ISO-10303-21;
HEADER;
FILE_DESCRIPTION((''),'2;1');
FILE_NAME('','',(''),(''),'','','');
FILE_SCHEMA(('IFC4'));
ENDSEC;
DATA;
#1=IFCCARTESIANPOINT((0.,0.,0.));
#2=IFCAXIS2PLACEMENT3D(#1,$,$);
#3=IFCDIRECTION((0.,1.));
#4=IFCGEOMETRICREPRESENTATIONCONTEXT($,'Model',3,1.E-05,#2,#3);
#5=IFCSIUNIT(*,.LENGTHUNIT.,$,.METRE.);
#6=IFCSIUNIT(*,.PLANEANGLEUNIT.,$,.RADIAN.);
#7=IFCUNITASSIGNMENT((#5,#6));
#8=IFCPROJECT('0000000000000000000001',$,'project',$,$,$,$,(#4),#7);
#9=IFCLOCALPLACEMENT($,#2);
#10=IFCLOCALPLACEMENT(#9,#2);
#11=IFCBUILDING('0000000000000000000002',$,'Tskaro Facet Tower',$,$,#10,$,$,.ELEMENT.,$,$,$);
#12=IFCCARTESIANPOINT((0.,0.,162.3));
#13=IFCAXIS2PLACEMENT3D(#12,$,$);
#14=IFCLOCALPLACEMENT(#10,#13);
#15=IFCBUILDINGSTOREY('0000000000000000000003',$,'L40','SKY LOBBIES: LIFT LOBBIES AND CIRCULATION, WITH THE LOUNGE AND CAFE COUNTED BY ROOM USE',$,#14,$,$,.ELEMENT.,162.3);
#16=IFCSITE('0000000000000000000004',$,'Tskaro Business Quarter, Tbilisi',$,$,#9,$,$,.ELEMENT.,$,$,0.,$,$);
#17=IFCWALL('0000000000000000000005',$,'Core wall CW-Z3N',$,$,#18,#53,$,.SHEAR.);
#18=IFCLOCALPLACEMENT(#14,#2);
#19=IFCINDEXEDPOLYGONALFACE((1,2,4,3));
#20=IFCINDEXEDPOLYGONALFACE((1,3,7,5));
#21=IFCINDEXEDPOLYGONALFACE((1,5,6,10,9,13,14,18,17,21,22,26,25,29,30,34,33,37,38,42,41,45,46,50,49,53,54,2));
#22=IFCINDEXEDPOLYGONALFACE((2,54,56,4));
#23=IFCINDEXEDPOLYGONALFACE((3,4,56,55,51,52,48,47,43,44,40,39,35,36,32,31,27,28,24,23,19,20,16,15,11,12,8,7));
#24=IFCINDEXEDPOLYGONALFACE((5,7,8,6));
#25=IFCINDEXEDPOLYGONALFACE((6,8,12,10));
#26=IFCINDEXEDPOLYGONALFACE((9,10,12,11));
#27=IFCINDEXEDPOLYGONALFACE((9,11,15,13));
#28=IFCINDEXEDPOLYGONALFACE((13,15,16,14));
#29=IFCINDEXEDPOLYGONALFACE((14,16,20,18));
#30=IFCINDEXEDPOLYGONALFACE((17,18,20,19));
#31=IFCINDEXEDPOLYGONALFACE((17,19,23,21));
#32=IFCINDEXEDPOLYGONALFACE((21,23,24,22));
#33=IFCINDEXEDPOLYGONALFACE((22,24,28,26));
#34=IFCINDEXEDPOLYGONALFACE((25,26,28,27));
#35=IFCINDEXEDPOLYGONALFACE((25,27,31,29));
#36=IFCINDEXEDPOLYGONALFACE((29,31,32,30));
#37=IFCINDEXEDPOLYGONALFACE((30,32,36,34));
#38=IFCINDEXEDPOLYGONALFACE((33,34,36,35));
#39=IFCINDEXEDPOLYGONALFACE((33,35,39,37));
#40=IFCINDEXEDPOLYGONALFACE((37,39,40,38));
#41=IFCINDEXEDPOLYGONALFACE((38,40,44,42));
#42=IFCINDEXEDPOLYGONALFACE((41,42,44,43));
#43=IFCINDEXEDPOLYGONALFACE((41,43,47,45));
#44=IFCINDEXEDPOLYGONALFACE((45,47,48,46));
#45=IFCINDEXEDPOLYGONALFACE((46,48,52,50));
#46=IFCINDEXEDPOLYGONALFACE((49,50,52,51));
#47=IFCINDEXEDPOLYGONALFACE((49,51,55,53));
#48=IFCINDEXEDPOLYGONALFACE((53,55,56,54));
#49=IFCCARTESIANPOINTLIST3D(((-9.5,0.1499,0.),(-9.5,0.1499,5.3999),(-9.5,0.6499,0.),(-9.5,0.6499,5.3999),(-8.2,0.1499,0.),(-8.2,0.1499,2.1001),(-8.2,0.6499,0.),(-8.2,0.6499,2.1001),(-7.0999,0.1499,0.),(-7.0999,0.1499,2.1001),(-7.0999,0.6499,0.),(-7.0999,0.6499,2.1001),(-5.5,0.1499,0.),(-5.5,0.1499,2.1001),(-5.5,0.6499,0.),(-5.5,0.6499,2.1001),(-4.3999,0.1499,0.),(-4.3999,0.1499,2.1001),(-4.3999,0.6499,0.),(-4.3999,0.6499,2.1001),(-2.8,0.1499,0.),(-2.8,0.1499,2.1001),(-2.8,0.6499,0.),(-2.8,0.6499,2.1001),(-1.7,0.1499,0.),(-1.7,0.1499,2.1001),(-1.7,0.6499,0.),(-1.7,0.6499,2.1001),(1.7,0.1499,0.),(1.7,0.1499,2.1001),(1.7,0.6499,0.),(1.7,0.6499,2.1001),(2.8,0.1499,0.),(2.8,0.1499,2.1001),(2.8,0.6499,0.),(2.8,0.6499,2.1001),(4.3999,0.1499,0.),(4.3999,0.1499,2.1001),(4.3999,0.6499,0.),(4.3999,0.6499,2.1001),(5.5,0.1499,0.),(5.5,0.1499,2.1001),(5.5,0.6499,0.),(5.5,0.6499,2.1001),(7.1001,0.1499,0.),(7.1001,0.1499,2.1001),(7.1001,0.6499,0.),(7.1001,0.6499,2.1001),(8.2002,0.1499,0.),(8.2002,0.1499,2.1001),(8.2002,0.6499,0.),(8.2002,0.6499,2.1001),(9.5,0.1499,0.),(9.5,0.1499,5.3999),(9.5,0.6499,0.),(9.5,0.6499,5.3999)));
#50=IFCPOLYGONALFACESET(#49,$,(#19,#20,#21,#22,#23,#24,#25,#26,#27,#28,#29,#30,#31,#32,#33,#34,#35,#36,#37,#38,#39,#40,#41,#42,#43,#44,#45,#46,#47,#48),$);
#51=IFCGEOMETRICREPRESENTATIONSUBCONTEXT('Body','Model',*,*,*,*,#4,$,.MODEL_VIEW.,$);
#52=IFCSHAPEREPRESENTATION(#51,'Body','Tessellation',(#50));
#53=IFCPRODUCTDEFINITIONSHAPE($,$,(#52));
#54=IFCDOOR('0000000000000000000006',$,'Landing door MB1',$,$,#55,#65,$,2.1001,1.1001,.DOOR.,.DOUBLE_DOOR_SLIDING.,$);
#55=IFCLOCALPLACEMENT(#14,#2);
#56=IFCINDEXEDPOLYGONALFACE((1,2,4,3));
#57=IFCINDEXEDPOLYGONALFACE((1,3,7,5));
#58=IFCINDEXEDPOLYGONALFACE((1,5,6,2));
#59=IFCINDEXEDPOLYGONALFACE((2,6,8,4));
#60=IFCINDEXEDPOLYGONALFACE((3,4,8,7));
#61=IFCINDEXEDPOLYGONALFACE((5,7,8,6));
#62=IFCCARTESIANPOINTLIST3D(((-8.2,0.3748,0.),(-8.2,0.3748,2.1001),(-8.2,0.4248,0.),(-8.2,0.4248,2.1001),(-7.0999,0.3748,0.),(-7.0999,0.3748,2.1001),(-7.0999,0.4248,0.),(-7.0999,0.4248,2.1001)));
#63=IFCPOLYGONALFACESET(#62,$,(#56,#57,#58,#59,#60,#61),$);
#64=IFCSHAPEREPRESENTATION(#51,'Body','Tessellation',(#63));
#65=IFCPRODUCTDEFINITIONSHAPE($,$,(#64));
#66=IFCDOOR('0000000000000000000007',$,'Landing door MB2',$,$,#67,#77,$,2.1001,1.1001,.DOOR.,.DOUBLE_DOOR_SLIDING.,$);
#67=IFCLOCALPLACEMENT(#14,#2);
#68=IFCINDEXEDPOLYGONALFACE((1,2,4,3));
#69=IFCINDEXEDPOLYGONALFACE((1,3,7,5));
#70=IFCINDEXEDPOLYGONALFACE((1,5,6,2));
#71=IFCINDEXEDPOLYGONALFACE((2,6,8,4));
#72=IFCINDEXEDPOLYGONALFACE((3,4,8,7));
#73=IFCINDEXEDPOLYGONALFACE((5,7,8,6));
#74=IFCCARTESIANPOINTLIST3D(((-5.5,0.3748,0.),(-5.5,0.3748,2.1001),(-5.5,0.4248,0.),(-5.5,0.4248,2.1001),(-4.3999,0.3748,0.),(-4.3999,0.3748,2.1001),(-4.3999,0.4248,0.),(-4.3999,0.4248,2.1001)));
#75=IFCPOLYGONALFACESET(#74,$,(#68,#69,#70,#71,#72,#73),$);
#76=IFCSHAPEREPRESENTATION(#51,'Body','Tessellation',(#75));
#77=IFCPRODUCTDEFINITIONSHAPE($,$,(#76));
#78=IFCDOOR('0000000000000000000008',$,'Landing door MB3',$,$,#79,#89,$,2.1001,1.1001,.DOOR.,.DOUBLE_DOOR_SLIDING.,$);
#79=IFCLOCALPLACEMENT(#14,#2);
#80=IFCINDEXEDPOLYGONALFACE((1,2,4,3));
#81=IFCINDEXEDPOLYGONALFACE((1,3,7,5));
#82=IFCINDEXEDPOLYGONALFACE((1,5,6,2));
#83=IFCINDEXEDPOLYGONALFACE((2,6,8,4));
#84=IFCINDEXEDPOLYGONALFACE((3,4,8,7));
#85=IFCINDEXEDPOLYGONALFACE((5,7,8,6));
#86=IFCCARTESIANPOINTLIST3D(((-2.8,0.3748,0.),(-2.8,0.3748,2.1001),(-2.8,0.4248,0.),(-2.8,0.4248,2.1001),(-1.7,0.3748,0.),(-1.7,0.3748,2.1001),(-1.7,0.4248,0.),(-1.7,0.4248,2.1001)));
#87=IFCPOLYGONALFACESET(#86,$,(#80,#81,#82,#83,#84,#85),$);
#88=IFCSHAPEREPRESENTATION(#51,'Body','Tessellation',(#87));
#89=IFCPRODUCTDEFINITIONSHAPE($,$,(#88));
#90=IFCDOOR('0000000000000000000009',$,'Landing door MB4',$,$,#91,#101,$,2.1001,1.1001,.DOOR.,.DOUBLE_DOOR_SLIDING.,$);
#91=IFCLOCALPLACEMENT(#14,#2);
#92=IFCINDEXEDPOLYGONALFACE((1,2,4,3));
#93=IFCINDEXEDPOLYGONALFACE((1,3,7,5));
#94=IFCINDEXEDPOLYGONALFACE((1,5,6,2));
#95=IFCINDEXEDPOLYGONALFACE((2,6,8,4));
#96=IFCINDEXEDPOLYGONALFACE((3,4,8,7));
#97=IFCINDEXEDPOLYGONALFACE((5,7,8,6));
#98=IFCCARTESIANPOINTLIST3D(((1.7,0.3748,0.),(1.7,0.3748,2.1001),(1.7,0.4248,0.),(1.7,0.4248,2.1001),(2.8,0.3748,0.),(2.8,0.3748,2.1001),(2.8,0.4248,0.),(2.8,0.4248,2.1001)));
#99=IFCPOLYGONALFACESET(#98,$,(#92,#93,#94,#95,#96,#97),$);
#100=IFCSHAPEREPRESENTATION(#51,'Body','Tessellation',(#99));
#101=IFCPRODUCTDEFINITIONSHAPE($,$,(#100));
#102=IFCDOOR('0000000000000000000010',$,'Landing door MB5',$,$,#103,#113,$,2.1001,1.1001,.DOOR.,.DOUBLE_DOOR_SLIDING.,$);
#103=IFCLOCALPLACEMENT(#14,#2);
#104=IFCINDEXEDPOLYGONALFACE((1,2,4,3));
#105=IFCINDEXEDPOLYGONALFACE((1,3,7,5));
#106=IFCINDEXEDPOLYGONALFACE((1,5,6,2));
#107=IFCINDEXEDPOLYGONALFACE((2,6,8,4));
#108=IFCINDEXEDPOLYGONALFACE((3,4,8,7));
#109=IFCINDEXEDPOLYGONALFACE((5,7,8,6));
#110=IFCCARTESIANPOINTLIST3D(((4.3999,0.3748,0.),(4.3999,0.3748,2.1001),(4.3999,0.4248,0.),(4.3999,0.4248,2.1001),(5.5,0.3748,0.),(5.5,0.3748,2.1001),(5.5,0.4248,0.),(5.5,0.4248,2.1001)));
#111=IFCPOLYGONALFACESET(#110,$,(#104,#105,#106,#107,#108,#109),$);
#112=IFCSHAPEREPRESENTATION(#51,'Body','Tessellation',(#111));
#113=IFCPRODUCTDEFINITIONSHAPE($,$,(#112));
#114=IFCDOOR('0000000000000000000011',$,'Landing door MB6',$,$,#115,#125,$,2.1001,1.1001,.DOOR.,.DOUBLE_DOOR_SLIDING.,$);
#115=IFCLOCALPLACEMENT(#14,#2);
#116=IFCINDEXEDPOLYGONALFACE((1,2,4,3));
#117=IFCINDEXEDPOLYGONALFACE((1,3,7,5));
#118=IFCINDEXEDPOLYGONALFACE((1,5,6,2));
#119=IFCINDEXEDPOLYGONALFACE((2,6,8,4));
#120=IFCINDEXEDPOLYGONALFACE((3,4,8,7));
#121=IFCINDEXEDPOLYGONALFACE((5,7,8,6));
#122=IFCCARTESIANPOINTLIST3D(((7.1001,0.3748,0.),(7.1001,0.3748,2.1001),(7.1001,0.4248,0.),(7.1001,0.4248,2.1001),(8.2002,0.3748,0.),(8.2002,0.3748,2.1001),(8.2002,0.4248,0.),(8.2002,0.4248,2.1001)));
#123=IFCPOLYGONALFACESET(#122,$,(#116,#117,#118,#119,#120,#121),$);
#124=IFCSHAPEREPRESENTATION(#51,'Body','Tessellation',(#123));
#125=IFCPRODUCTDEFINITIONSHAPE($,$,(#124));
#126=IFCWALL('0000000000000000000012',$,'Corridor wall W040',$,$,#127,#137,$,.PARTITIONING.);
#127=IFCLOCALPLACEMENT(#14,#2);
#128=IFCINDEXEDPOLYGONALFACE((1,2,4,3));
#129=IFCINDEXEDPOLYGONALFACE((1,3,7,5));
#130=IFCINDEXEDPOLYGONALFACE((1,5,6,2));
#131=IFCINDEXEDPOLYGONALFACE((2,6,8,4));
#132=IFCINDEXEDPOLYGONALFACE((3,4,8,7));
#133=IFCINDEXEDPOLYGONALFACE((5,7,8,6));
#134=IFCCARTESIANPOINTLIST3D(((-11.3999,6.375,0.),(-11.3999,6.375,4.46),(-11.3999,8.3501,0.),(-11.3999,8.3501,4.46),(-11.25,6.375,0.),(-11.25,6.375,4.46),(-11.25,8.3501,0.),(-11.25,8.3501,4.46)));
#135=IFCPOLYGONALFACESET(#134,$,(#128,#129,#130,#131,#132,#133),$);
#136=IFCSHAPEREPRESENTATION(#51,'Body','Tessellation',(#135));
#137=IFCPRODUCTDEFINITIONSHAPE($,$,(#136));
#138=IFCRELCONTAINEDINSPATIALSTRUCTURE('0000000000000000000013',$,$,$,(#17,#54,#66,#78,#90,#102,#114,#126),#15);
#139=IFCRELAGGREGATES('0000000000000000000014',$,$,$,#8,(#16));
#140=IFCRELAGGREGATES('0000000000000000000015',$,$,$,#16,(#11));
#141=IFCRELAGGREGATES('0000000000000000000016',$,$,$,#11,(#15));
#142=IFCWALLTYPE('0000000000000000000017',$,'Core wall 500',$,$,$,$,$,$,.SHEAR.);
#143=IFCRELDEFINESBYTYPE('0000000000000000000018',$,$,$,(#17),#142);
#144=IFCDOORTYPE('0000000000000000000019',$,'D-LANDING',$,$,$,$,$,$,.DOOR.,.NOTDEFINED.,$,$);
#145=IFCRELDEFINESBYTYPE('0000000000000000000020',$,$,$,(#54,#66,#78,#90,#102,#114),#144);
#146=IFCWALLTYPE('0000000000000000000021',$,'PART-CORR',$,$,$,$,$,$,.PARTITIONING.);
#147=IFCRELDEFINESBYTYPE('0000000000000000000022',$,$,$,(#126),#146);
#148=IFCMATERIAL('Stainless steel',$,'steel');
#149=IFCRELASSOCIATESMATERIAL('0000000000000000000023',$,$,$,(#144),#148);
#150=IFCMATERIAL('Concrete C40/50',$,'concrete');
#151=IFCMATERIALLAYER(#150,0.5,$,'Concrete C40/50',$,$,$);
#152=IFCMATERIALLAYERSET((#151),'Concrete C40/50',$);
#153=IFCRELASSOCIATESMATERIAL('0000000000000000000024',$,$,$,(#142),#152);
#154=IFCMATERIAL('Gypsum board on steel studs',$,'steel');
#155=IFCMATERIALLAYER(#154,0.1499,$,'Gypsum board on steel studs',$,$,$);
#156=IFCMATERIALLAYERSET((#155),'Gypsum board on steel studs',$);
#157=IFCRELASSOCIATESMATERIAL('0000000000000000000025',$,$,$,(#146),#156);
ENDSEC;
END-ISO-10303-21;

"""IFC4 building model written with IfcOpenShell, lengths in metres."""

from ifc_helpers import new_model, si_unit, direction, frame, frame_2d, origin, place, context, subcontext, project, spatial, rectangle, extrude, material, layer, layer_set, type_object, element, fill, save


model = new_model("IFC4")

# Units and contexts
model_context = context("Model", 3, precision=1e-05, world=origin(), true_north=direction((0.0, 1.0)))
body_context = subcontext(model_context, "Body", "Model", "MODEL_VIEW")
ifc_project = project(units=[si_unit("LENGTHUNIT", "METRE"), si_unit("PLANEANGLEUNIT", "RADIAN")], contexts=[model_context])

# Site, building, storey
site_placement = place(None, origin())
site = spatial("IfcSite", under=ifc_project, at=site_placement, Name="Tskaro Business Quarter, Tbilisi", CompositionType="ELEMENT", RefElevation=0.0)
building_placement = place(site_placement, origin())
building = spatial("IfcBuilding", under=site, at=building_placement, Name="Tskaro Facet Tower", CompositionType="ELEMENT")
storey_placement = place(building_placement, frame((0.0, 0.0, 162.3)))
storey = spatial("IfcBuildingStorey", under=building, at=storey_placement, Name="L40", Description="SKY LOBBIES: LIFT LOBBIES AND CIRCULATION, WITH THE LOUNGE AND CAFE COUNTED BY ROOM USE", CompositionType="ELEMENT", Elevation=162.3)

# Shared definitions
ifc_material_1 = material(Name="Stainless steel", Category="steel")
door_type_1 = type_object("IfcDoorType", Name="D-LANDING", OperationType="NOTDEFINED", PredefinedType="DOOR", material=ifc_material_1)

# Wall, openings, doors
ifc_material_2 = material(Name="Concrete C40/50", Category="concrete")
ifc_layer_1 = layer(ifc_material_2, 0.5, Name="Concrete C40/50")
ifc_layer_set_1 = layer_set([ifc_layer_1], Name="Concrete C40/50")
wall_type_1 = type_object("IfcWallType", Name="Core wall 500", PredefinedType="SHEAR", material=ifc_layer_set_1)
wall_1_placement = place(storey_placement, frame((-9.5, 0.3999, 0.0), z_axis=(0.0, 0.0, 1.0), x_axis=(1.0, 0.0, 0.0)))
wall_1 = element("IfcWall", 1, at=wall_1_placement, inside=storey, type_object=wall_type_1, Name="Core wall CW-Z3N", PredefinedType="SHEAR", context=body_context, shape_type="SweptSolid", body=[
    extrude(rectangle(XDim=19.0, YDim=0.5, at=frame_2d((9.5, 0.0))), origin(), (0.0, 0.0, 1.0), 5.3999),
])
opening_1_placement = place(wall_1_placement, frame((1.3, 0.0, 0.0)))
opening_1 = element("IfcOpeningElement", 2, at=opening_1_placement, cuts=wall_1, PredefinedType="OPENING", context=body_context, shape_type="SweptSolid", body=[
    extrude(rectangle(XDim=1.1001, YDim=2.1001, at=frame_2d((0.55, 1.05))), frame((0.0, 0.26, 0.0), z_axis=(0.0, -1.0, 0.0), x_axis=(1.0, 0.0, 0.0)), (0.0, 0.0, 1.0), 0.52),
])
opening_2_placement = place(wall_1_placement, frame((4.0, 0.0, 0.0)))
opening_2 = element("IfcOpeningElement", 3, at=opening_2_placement, cuts=wall_1, PredefinedType="OPENING", context=body_context, shape_type="SweptSolid", body=[
    extrude(rectangle(XDim=1.1001, YDim=2.1001, at=frame_2d((0.55, 1.05))), frame((0.0, 0.26, 0.0), z_axis=(0.0, -1.0, 0.0), x_axis=(1.0, 0.0, 0.0)), (0.0, 0.0, 1.0), 0.52),
])
opening_3_placement = place(wall_1_placement, frame((6.7, 0.0, 0.0)))
opening_3 = element("IfcOpeningElement", 4, at=opening_3_placement, cuts=wall_1, PredefinedType="OPENING", context=body_context, shape_type="SweptSolid", body=[
    extrude(rectangle(XDim=1.1001, YDim=2.1001, at=frame_2d((0.55, 1.05))), frame((0.0, 0.26, 0.0), z_axis=(0.0, -1.0, 0.0), x_axis=(1.0, 0.0, 0.0)), (0.0, 0.0, 1.0), 0.52),
])
opening_4_placement = place(wall_1_placement, frame((11.2, 0.0, 0.0)))
opening_4 = element("IfcOpeningElement", 5, at=opening_4_placement, cuts=wall_1, PredefinedType="OPENING", context=body_context, shape_type="SweptSolid", body=[
    extrude(rectangle(XDim=1.1001, YDim=2.1001, at=frame_2d((0.55, 1.05))), frame((0.0, 0.26, 0.0), z_axis=(0.0, -1.0, 0.0), x_axis=(1.0, 0.0, 0.0)), (0.0, 0.0, 1.0), 0.52),
])
opening_5_placement = place(wall_1_placement, frame((13.8999, 0.0, 0.0)))
opening_5 = element("IfcOpeningElement", 6, at=opening_5_placement, cuts=wall_1, PredefinedType="OPENING", context=body_context, shape_type="SweptSolid", body=[
    extrude(rectangle(XDim=1.1001, YDim=2.1001, at=frame_2d((0.55, 1.05))), frame((0.0, 0.26, 0.0), z_axis=(0.0, -1.0, 0.0), x_axis=(1.0, 0.0, 0.0)), (0.0, 0.0, 1.0), 0.52),
])
opening_6_placement = place(wall_1_placement, frame((16.6001, 0.0, 0.0)))
opening_6 = element("IfcOpeningElement", 7, at=opening_6_placement, cuts=wall_1, PredefinedType="OPENING", context=body_context, shape_type="SweptSolid", body=[
    extrude(rectangle(XDim=1.1001, YDim=2.1001, at=frame_2d((0.55, 1.05))), frame((0.0, 0.26, 0.0), z_axis=(0.0, -1.0, 0.0), x_axis=(1.0, 0.0, 0.0)), (0.0, 0.0, 1.0), 0.52),
])
door_1_placement = place(opening_1_placement, origin())
door_1 = element("IfcDoor", 8, at=door_1_placement, inside=storey, type_object=door_type_1, Name="Landing door MB1", OperationType="DOUBLE_DOOR_SLIDING", OverallHeight=2.1001, OverallWidth=1.1001, PredefinedType="DOOR", context=body_context, shape_type="SweptSolid", body=[
    extrude(rectangle(XDim=1.1001, YDim=2.1001, at=frame_2d((0.55, 1.05))), frame((0.0, 0.0249, 0.0), z_axis=(0.0, -1.0, 0.0), x_axis=(1.0, 0.0, 0.0)), (0.0, 0.0, 1.0), 0.05),
])
fill(opening_1, door_1)
door_2_placement = place(opening_2_placement, origin())
door_2 = element("IfcDoor", 9, at=door_2_placement, inside=storey, type_object=door_type_1, Name="Landing door MB2", OperationType="DOUBLE_DOOR_SLIDING", OverallHeight=2.1001, OverallWidth=1.1001, PredefinedType="DOOR", context=body_context, shape_type="SweptSolid", body=[
    extrude(rectangle(XDim=1.1001, YDim=2.1001, at=frame_2d((0.55, 1.05))), frame((0.0, 0.0249, 0.0), z_axis=(0.0, -1.0, 0.0), x_axis=(1.0, 0.0, 0.0)), (0.0, 0.0, 1.0), 0.05),
])
fill(opening_2, door_2)
door_3_placement = place(opening_3_placement, origin())
door_3 = element("IfcDoor", 10, at=door_3_placement, inside=storey, type_object=door_type_1, Name="Landing door MB3", OperationType="DOUBLE_DOOR_SLIDING", OverallHeight=2.1001, OverallWidth=1.1001, PredefinedType="DOOR", context=body_context, shape_type="SweptSolid", body=[
    extrude(rectangle(XDim=1.1001, YDim=2.1001, at=frame_2d((0.55, 1.05))), frame((0.0, 0.0249, 0.0), z_axis=(0.0, -1.0, 0.0), x_axis=(1.0, 0.0, 0.0)), (0.0, 0.0, 1.0), 0.05),
])
fill(opening_3, door_3)
door_4_placement = place(opening_4_placement, origin())
door_4 = element("IfcDoor", 11, at=door_4_placement, inside=storey, type_object=door_type_1, Name="Landing door MB4", OperationType="DOUBLE_DOOR_SLIDING", OverallHeight=2.1001, OverallWidth=1.1001, PredefinedType="DOOR", context=body_context, shape_type="SweptSolid", body=[
    extrude(rectangle(XDim=1.1001, YDim=2.1001, at=frame_2d((0.55, 1.05))), frame((0.0, 0.0249, 0.0), z_axis=(0.0, -1.0, 0.0), x_axis=(1.0, 0.0, 0.0)), (0.0, 0.0, 1.0), 0.05),
])
fill(opening_4, door_4)
door_5_placement = place(opening_5_placement, origin())
door_5 = element("IfcDoor", 12, at=door_5_placement, inside=storey, type_object=door_type_1, Name="Landing door MB5", OperationType="DOUBLE_DOOR_SLIDING", OverallHeight=2.1001, OverallWidth=1.1001, PredefinedType="DOOR", context=body_context, shape_type="SweptSolid", body=[
    extrude(rectangle(XDim=1.1001, YDim=2.1001, at=frame_2d((0.55, 1.05))), frame((0.0, 0.0249, 0.0), z_axis=(0.0, -1.0, 0.0), x_axis=(1.0, 0.0, 0.0)), (0.0, 0.0, 1.0), 0.05),
])
fill(opening_5, door_5)
door_6_placement = place(opening_6_placement, origin())
door_6 = element("IfcDoor", 13, at=door_6_placement, inside=storey, type_object=door_type_1, Name="Landing door MB6", OperationType="DOUBLE_DOOR_SLIDING", OverallHeight=2.1001, OverallWidth=1.1001, PredefinedType="DOOR", context=body_context, shape_type="SweptSolid", body=[
    extrude(rectangle(XDim=1.1001, YDim=2.1001, at=frame_2d((0.55, 1.05))), frame((0.0, 0.0249, 0.0), z_axis=(0.0, -1.0, 0.0), x_axis=(1.0, 0.0, 0.0)), (0.0, 0.0, 1.0), 0.05),
])
fill(opening_6, door_6)

# Wall
ifc_material_3 = material(Name="Gypsum board on steel studs", Category="steel")
ifc_layer_2 = layer(ifc_material_3, 0.1499, Name="Gypsum board on steel studs")
ifc_layer_set_2 = layer_set([ifc_layer_2], Name="Gypsum board on steel studs")
wall_type_2 = type_object("IfcWallType", Name="PART-CORR", PredefinedType="PARTITIONING", material=ifc_layer_set_2)
wall_2_placement = place(storey_placement, frame((-11.325, 6.375, 0.0), z_axis=(0.0, 0.0, 1.0), x_axis=(0.0, 1.0, 0.0)))
element("IfcWall", 14, at=wall_2_placement, inside=storey, type_object=wall_type_2, Name="Corridor wall W040", PredefinedType="PARTITIONING", context=body_context, shape_type="SweptSolid", body=[
    extrude(rectangle(XDim=1.9751, YDim=0.1499, at=frame_2d((0.9875, 0.0))), origin(), (0.0, 0.0, 1.0), 4.46),
])

save(model, "model.ifc")
